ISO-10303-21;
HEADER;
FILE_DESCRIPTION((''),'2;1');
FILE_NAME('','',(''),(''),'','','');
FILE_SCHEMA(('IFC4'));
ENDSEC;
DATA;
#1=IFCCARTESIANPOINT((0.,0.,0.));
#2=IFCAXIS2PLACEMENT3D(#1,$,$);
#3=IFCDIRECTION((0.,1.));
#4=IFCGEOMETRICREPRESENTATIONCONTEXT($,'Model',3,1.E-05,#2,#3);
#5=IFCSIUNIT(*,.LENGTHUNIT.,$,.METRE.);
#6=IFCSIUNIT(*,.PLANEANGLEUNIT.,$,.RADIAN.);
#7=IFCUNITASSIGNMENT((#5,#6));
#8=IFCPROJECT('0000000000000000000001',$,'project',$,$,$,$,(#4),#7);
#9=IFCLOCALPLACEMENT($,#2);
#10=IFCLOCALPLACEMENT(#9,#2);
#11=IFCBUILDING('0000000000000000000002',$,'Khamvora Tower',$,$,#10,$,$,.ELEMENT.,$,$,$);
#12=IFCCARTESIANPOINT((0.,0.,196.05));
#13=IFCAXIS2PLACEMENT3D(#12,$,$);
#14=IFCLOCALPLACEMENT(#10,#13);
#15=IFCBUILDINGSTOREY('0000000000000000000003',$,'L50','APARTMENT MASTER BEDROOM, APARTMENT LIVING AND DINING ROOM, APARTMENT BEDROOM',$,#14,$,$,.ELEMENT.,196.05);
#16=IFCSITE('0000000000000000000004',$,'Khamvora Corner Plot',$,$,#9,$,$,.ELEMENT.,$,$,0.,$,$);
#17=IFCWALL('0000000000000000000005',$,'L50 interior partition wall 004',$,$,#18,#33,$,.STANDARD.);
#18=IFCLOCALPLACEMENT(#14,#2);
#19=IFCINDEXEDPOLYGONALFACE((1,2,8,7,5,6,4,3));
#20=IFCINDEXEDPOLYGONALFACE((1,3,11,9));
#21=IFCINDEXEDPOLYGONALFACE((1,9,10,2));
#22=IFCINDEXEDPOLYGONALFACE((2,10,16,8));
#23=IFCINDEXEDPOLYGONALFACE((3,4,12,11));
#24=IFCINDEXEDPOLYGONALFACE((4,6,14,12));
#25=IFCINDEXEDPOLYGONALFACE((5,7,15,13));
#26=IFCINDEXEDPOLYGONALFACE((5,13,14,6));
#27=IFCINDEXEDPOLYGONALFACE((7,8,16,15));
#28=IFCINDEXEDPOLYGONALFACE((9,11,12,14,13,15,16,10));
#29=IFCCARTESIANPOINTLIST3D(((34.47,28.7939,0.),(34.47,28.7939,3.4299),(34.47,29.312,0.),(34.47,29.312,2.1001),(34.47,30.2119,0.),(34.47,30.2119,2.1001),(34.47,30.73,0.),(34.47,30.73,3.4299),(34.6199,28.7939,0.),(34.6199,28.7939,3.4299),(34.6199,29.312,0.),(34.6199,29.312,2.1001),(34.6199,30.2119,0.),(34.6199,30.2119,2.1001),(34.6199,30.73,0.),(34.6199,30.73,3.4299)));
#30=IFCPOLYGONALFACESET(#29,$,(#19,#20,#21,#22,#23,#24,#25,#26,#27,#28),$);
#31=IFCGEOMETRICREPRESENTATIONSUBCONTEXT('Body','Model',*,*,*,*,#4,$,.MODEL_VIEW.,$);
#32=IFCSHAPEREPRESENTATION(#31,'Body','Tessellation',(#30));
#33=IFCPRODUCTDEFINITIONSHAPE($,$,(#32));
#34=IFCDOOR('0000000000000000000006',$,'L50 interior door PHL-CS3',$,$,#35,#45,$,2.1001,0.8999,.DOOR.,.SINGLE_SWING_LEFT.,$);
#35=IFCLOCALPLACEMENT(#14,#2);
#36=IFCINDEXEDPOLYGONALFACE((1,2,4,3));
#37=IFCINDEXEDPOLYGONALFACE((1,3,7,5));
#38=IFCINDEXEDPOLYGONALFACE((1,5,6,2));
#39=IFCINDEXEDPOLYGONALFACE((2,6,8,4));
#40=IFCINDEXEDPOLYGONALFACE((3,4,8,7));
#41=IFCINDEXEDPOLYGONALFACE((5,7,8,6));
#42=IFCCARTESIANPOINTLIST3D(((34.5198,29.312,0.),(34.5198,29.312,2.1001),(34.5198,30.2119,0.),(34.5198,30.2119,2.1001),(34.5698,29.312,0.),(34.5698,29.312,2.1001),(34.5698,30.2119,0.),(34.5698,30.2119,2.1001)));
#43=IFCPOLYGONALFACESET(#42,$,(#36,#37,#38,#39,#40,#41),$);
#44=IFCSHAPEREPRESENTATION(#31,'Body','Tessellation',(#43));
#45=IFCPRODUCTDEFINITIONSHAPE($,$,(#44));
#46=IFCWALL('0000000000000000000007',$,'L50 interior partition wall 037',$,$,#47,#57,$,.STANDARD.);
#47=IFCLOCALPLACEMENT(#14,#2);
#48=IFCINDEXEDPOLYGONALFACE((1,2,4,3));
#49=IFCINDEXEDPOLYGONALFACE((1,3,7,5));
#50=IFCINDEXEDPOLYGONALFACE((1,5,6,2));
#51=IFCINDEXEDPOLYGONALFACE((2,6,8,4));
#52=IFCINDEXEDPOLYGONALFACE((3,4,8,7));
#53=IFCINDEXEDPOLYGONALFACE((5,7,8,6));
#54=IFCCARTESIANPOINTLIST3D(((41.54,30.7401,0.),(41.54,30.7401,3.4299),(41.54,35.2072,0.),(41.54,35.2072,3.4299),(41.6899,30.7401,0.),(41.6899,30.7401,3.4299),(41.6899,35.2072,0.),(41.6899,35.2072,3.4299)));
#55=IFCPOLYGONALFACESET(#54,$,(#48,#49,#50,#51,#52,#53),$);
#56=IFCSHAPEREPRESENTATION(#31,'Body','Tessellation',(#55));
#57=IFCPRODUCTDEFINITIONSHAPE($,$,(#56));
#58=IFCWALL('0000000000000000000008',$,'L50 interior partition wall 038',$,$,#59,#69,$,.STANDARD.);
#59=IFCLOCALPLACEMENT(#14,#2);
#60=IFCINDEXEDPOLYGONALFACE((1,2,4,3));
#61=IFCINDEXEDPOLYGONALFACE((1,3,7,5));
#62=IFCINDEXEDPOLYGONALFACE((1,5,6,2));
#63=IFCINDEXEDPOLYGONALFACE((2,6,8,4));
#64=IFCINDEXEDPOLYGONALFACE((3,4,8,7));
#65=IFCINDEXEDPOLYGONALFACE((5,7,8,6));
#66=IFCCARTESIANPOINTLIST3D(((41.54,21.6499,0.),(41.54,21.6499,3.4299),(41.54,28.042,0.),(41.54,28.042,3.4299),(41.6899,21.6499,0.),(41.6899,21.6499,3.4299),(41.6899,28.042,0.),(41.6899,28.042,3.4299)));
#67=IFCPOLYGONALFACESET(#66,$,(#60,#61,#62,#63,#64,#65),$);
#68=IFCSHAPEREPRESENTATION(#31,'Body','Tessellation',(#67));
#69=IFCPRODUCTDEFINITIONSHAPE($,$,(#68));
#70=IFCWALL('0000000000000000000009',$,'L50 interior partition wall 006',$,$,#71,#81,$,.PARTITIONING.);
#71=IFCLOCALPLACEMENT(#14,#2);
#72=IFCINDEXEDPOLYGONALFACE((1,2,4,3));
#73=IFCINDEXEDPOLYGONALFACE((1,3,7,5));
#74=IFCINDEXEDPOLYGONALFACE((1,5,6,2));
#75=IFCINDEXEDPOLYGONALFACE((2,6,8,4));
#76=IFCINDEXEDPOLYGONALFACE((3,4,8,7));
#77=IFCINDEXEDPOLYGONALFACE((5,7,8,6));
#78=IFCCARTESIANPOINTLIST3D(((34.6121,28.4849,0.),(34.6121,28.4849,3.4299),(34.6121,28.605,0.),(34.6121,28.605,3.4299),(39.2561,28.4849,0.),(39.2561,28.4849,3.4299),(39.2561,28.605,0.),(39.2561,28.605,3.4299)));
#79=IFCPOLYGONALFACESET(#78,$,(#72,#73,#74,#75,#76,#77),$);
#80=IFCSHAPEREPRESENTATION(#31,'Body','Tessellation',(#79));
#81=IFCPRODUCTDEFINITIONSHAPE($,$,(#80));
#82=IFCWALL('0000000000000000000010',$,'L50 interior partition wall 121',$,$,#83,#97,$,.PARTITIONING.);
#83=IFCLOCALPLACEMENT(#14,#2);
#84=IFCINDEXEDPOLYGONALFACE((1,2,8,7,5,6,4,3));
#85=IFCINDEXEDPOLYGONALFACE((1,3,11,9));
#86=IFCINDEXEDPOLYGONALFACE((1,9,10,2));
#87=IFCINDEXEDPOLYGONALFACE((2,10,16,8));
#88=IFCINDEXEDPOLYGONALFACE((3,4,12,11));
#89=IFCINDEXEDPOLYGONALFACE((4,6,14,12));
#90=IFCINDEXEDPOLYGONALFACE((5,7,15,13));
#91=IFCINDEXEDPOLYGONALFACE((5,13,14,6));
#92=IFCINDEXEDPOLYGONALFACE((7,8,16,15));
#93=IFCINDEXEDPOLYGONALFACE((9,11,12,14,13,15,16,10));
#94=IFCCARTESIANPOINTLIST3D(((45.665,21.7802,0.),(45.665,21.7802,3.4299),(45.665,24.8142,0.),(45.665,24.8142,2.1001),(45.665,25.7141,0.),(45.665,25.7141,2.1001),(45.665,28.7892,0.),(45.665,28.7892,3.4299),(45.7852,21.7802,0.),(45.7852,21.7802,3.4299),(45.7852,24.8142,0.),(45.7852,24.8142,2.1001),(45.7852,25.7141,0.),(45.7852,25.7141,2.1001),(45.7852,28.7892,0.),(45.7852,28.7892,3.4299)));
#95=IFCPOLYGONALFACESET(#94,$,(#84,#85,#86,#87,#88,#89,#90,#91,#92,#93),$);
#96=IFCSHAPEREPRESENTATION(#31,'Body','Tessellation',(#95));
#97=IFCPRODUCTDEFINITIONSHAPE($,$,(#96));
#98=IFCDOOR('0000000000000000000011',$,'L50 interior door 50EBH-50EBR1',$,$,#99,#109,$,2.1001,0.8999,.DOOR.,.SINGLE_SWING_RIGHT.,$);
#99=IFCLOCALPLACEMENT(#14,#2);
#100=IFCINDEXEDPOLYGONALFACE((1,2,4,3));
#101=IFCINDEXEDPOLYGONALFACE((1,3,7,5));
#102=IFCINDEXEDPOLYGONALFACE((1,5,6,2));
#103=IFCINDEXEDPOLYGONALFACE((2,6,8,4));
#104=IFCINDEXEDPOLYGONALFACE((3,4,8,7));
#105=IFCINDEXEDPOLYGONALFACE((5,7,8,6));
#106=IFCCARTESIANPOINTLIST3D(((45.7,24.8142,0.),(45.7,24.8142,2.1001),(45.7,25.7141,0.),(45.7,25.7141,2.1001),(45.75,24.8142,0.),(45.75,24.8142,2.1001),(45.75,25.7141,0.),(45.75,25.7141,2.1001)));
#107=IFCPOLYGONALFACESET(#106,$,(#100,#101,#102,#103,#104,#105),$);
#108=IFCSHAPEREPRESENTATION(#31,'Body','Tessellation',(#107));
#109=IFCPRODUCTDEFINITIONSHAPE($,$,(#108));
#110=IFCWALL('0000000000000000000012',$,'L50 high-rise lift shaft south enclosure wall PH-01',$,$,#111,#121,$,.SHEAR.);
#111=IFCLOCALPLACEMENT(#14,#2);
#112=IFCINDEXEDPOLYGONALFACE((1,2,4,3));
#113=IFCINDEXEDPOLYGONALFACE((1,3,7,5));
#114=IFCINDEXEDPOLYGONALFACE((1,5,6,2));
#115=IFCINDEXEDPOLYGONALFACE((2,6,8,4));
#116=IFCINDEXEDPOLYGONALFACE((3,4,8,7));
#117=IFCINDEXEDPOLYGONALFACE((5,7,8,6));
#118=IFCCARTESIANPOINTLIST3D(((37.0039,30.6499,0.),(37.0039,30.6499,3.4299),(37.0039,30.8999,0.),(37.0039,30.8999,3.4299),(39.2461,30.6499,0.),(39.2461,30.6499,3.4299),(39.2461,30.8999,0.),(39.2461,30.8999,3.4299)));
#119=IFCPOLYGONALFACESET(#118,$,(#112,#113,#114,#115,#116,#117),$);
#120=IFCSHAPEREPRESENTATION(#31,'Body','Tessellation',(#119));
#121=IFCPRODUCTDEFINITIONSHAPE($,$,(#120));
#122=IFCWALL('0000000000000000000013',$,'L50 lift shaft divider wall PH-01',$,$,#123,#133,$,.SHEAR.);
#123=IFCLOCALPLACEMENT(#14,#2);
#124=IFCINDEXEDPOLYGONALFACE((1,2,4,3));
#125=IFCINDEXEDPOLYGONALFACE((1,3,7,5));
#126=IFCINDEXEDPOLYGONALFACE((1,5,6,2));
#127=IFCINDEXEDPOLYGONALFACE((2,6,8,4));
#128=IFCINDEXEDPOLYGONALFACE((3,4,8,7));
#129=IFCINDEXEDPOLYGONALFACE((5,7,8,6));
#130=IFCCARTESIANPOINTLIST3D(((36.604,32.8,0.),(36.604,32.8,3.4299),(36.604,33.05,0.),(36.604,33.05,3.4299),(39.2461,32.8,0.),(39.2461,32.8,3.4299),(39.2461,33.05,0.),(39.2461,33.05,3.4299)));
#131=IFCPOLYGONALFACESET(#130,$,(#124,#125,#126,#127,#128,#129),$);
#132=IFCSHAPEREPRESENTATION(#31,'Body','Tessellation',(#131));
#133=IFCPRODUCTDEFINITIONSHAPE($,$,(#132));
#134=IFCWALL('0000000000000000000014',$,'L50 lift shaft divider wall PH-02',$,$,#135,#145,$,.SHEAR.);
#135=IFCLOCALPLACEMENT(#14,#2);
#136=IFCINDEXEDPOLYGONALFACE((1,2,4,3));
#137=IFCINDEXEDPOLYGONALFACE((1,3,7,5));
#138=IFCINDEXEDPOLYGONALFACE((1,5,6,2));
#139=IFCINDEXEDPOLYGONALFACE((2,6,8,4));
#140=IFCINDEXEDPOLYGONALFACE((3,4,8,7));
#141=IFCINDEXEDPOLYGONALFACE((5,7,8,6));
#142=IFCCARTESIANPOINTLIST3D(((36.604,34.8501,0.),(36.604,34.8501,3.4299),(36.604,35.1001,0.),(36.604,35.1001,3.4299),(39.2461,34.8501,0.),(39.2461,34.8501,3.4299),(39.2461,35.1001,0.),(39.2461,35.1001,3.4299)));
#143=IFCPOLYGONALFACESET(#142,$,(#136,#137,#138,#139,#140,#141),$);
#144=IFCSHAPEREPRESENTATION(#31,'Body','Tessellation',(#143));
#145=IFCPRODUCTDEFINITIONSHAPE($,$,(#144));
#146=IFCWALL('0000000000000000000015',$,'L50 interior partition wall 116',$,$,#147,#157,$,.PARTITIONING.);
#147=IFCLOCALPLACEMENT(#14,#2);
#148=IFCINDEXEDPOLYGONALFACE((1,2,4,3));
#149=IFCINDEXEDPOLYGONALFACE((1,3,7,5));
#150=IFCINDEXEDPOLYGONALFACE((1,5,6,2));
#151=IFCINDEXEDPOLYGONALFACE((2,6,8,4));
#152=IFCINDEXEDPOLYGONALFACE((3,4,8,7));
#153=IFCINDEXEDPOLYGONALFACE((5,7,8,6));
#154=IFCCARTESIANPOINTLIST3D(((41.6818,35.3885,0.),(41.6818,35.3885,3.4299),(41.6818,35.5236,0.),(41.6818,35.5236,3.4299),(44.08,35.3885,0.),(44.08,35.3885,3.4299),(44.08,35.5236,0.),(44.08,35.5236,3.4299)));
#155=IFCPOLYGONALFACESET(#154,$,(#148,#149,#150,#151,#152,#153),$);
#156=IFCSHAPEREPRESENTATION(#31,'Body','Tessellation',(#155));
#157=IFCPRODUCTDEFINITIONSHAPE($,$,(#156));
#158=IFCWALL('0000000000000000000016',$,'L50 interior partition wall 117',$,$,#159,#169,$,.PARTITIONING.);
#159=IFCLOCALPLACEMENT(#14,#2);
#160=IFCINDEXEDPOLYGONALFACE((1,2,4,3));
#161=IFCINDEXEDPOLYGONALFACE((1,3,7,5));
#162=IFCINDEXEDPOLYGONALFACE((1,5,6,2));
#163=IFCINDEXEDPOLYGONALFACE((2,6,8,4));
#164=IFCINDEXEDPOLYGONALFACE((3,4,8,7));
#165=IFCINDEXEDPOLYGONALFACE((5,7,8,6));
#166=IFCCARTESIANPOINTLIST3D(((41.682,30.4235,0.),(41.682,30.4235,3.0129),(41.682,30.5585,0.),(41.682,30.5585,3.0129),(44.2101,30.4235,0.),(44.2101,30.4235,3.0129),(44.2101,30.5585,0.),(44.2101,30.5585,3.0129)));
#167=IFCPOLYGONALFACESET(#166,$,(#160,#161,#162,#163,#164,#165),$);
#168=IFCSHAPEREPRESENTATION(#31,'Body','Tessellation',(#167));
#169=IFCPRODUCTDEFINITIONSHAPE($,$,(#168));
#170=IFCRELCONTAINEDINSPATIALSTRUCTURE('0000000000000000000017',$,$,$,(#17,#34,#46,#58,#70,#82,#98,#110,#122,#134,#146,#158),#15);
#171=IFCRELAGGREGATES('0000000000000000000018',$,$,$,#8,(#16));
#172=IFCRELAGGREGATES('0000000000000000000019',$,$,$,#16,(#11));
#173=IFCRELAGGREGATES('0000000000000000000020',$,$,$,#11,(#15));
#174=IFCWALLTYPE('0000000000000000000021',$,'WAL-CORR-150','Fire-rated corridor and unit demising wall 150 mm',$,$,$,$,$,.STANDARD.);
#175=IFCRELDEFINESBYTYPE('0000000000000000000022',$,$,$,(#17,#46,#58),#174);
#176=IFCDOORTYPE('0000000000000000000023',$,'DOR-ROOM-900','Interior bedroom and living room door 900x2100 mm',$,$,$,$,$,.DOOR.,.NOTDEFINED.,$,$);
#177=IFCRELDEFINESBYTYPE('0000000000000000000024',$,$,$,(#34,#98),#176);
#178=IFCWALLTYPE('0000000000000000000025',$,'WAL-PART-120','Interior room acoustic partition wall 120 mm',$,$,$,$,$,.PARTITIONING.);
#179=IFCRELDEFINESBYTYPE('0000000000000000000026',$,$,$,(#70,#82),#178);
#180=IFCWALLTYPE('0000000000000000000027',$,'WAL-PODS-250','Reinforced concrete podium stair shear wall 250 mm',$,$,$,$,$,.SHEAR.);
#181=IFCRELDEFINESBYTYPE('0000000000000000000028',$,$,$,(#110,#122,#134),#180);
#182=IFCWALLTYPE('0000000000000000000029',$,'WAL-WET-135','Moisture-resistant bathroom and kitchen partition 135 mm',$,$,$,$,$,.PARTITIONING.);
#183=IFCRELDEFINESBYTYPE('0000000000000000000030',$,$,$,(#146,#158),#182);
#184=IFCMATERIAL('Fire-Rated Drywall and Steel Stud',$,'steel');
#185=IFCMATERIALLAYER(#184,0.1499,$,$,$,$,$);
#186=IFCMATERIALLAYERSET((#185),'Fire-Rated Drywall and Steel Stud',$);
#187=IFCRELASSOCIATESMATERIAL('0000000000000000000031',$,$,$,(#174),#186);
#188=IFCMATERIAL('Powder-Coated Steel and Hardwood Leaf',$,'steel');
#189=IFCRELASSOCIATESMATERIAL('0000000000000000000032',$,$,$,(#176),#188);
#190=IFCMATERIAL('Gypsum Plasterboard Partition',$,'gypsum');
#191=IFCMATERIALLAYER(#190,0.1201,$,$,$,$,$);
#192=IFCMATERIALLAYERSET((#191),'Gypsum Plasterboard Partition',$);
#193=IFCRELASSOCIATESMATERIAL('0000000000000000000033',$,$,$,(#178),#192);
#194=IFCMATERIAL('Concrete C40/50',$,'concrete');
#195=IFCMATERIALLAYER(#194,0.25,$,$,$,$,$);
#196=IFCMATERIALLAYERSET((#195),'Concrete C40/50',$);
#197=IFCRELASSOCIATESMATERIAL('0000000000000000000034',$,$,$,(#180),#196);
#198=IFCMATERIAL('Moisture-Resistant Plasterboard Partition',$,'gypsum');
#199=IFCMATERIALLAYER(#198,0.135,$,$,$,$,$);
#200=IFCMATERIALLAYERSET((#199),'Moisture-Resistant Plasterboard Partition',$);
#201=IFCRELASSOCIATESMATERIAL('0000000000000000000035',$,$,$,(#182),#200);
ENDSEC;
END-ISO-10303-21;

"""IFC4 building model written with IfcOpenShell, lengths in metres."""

from ifc_helpers import new_model, si_unit, direction, frame, frame_2d, origin, place, context, subcontext, project, spatial, rectangle, extrude, material, layer, layer_set, type_object, element, fill, save


model = new_model("IFC4")

# Units and contexts
model_context = context("Model", 3, precision=1e-05, world=origin(), true_north=direction((0.0, 1.0)))
body_context = subcontext(model_context, "Body", "Model", "MODEL_VIEW")
ifc_project = project(units=[si_unit("LENGTHUNIT", "METRE"), si_unit("PLANEANGLEUNIT", "RADIAN")], contexts=[model_context])

# Site, building, storey
site_placement = place(None, origin())
site = spatial("IfcSite", under=ifc_project, at=site_placement, Name="Khamvora Corner Plot", CompositionType="ELEMENT", RefElevation=0.0)
building_placement = place(site_placement, origin())
building = spatial("IfcBuilding", under=site, at=building_placement, Name="Khamvora Tower", CompositionType="ELEMENT")
storey_placement = place(building_placement, frame((0.0, 0.0, 196.05)))
storey = spatial("IfcBuildingStorey", under=building, at=storey_placement, Name="L50", Description="APARTMENT MASTER BEDROOM, APARTMENT LIVING AND DINING ROOM, APARTMENT BEDROOM", CompositionType="ELEMENT", Elevation=196.05)

# Shared definitions
ifc_material_1 = material(Name="Powder-Coated Steel and Hardwood Leaf", Category="steel")

# Shared definitions
ifc_material_2 = material(Name="Fire-Rated Drywall and Steel Stud", Category="steel")
ifc_layer_1 = layer(ifc_material_2, 0.1499)
ifc_layer_set_1 = layer_set([ifc_layer_1], Name="Fire-Rated Drywall and Steel Stud")
wall_type_1 = type_object("IfcWallType", Name="WAL-CORR-150", Description="Fire-rated corridor and unit demising wall 150 mm", PredefinedType="STANDARD", material=ifc_layer_set_1)
door_type_1 = type_object("IfcDoorType", Name="DOR-ROOM-900", Description="Interior bedroom and living room door 900x2100 mm", OperationType="NOTDEFINED", PredefinedType="DOOR", material=ifc_material_1)

# Wall, opening, door
wall_1_placement = place(storey_placement, frame((34.5449, 30.73, 0.0), z_axis=(0.0, 0.0, 1.0), x_axis=(0.0, -1.0, 0.0)))
wall_1 = element("IfcWall", 1, at=wall_1_placement, inside=storey, type_object=wall_type_1, Name="L50 interior partition wall 004", PredefinedType="STANDARD", context=body_context, shape_type="SweptSolid", body=[
    extrude(rectangle(XDim=1.936, YDim=0.1499, at=frame_2d((0.968, 0.0))), origin(), (0.0, 0.0, 1.0), 3.4299),
])
opening_1_placement = place(wall_1_placement, frame((0.5181, 0.0, 0.0)))
opening_1 = element("IfcOpeningElement", 2, at=opening_1_placement, cuts=wall_1, PredefinedType="OPENING", context=body_context, shape_type="SweptSolid", body=[
    extrude(rectangle(XDim=0.8999, YDim=2.1001, at=frame_2d((0.45, 1.05))), frame((0.0, 0.085, 0.0), z_axis=(0.0, -1.0, 0.0), x_axis=(1.0, 0.0, 0.0)), (0.0, 0.0, 1.0), 0.1699),
])
door_1_placement = place(opening_1_placement, origin())
door_1 = element("IfcDoor", 3, at=door_1_placement, inside=storey, type_object=door_type_1, Name="L50 interior door PHL-CS3", OperationType="SINGLE_SWING_LEFT", OverallHeight=2.1001, OverallWidth=0.8999, PredefinedType="DOOR", context=body_context, shape_type="SweptSolid", body=[
    extrude(rectangle(XDim=0.8999, YDim=2.1001, at=frame_2d((0.45, 1.05))), frame((0.0, 0.0249, 0.0), z_axis=(0.0, -1.0, 0.0), x_axis=(1.0, 0.0, 0.0)), (0.0, 0.0, 1.0), 0.05),
])
fill(opening_1, door_1)

# Walls
wall_2_placement = place(storey_placement, frame((41.615, 35.207, 0.0), z_axis=(0.0, 0.0, 1.0), x_axis=(0.0, -1.0, 0.0)))
element("IfcWall", 4, at=wall_2_placement, inside=storey, type_object=wall_type_1, Name="L50 interior partition wall 037", PredefinedType="STANDARD", context=body_context, shape_type="SweptSolid", body=[
    extrude(rectangle(XDim=4.467, YDim=0.1499, at=frame_2d((2.2334, 0.0))), origin(), (0.0, 0.0, 1.0), 3.4299),
])
wall_3_placement = place(storey_placement, frame((41.615, 28.042, 0.0), z_axis=(0.0, 0.0, 1.0), x_axis=(0.0, -1.0, 0.0)))
element("IfcWall", 5, at=wall_3_placement, inside=storey, type_object=wall_type_1, Name="L50 interior partition wall 038", PredefinedType="STANDARD", context=body_context, shape_type="SweptSolid", body=[
    extrude(rectangle(XDim=6.3921, YDim=0.1499, at=frame_2d((3.196, 0.0))), origin(), (0.0, 0.0, 1.0), 3.4299),
])
ifc_material_3 = material(Name="Gypsum Plasterboard Partition", Category="gypsum")
ifc_layer_2 = layer(ifc_material_3, 0.1201)
ifc_layer_set_2 = layer_set([ifc_layer_2], Name="Gypsum Plasterboard Partition")
wall_type_2 = type_object("IfcWallType", Name="WAL-PART-120", Description="Interior room acoustic partition wall 120 mm", PredefinedType="PARTITIONING", material=ifc_layer_set_2)
wall_4_placement = place(storey_placement, frame((34.6121, 28.5449, 0.0), z_axis=(0.0, 0.0, 1.0), x_axis=(1.0, 0.0, 0.0)))
element("IfcWall", 6, at=wall_4_placement, inside=storey, type_object=wall_type_2, Name="L50 interior partition wall 006", PredefinedType="PARTITIONING", context=body_context, shape_type="SweptSolid", body=[
    extrude(rectangle(XDim=4.644, YDim=0.1201, at=frame_2d((2.322, 0.0))), origin(), (0.0, 0.0, 1.0), 3.4299),
])

# Wall, opening, door
wall_5_placement = place(storey_placement, frame((45.7251, 28.7891, 0.0), z_axis=(0.0, 0.0, 1.0), x_axis=(0.0, -1.0, 0.0)))
wall_5 = element("IfcWall", 7, at=wall_5_placement, inside=storey, type_object=wall_type_2, Name="L50 interior partition wall 121", PredefinedType="PARTITIONING", context=body_context, shape_type="SweptSolid", body=[
    extrude(rectangle(XDim=7.009, YDim=0.1201, at=frame_2d((3.5044, 0.0))), origin(), (0.0, 0.0, 1.0), 3.4299),
])
opening_2_placement = place(wall_5_placement, frame((3.075, 0.0, 0.0)))
opening_2 = element("IfcOpeningElement", 8, at=opening_2_placement, cuts=wall_5, PredefinedType="OPENING", context=body_context, shape_type="SweptSolid", body=[
    extrude(rectangle(XDim=0.8999, YDim=2.1001, at=frame_2d((0.45, 1.05))), frame((0.0, 0.0701, 0.0), z_axis=(0.0, -1.0, 0.0), x_axis=(1.0, 0.0, 0.0)), (0.0, 0.0, 1.0), 0.1401),
])
door_2_placement = place(opening_2_placement, origin())
door_2 = element("IfcDoor", 9, at=door_2_placement, inside=storey, type_object=door_type_1, Name="L50 interior door 50EBH-50EBR1", OperationType="SINGLE_SWING_RIGHT", OverallHeight=2.1001, OverallWidth=0.8999, PredefinedType="DOOR", context=body_context, shape_type="SweptSolid", body=[
    extrude(rectangle(XDim=0.8999, YDim=2.1001, at=frame_2d((0.45, 1.05))), frame((0.0, 0.0249, 0.0), z_axis=(0.0, -1.0, 0.0), x_axis=(1.0, 0.0, 0.0)), (0.0, 0.0, 1.0), 0.05),
])
fill(opening_2, door_2)

# Walls
ifc_material_4 = material(Name="Concrete C40/50", Category="concrete")
ifc_layer_3 = layer(ifc_material_4, 0.25)
ifc_layer_set_3 = layer_set([ifc_layer_3], Name="Concrete C40/50")
wall_type_3 = type_object("IfcWallType", Name="WAL-PODS-250", Description="Reinforced concrete podium stair shear wall 250 mm", PredefinedType="SHEAR", material=ifc_layer_set_3)
wall_6_placement = place(storey_placement, frame((37.0039, 30.7749, 0.0), z_axis=(0.0, 0.0, 1.0), x_axis=(1.0, 0.0, 0.0)))
element("IfcWall", 10, at=wall_6_placement, inside=storey, type_object=wall_type_3, Name="L50 high-rise lift shaft south enclosure wall PH-01", PredefinedType="SHEAR", context=body_context, shape_type="SweptSolid", body=[
    extrude(rectangle(XDim=2.2422, YDim=0.25, at=frame_2d((1.1211, 0.0))), origin(), (0.0, 0.0, 1.0), 3.4299),
])
for number, where, z_axis, x_axis, name in (
    (11, (36.604, 32.925, 0.0), (0.0, 0.0, 1.0), (1.0, 0.0, 0.0), "L50 lift shaft divider wall PH-01"),
    (12, (36.604, 34.9751, 0.0), (0.0, 0.0, 1.0), (1.0, 0.0, 0.0), "L50 lift shaft divider wall PH-02"),
):
    element("IfcWall", number, at=place(storey_placement, frame(where, z_axis=z_axis, x_axis=x_axis)), inside=storey, type_object=wall_type_3, Name=name, PredefinedType="SHEAR", context=body_context, shape_type="SweptSolid", body=[
        extrude(rectangle(XDim=2.6421, YDim=0.25, at=frame_2d((1.321, 0.0))), origin(), (0.0, 0.0, 1.0), 3.4299),
    ])
ifc_material_5 = material(Name="Moisture-Resistant Plasterboard Partition", Category="gypsum")
ifc_layer_4 = layer(ifc_material_5, 0.135)
ifc_layer_set_4 = layer_set([ifc_layer_4], Name="Moisture-Resistant Plasterboard Partition")
wall_type_4 = type_object("IfcWallType", Name="WAL-WET-135", Description="Moisture-resistant bathroom and kitchen partition 135 mm", PredefinedType="PARTITIONING", material=ifc_layer_set_4)
wall_7_placement = place(storey_placement, frame((44.0801, 35.4561, 0.0), z_axis=(0.0, 0.0, 1.0), x_axis=(-1.0, 0.0, 0.0)))
element("IfcWall", 13, at=wall_7_placement, inside=storey, type_object=wall_type_4, Name="L50 interior partition wall 116", PredefinedType="PARTITIONING", context=body_context, shape_type="SweptSolid", body=[
    extrude(rectangle(XDim=2.3982, YDim=0.135, at=frame_2d((1.1992, 0.0))), origin(), (0.0, 0.0, 1.0), 3.4299),
])
wall_8_placement = place(storey_placement, frame((41.6819, 30.491, 0.0), z_axis=(0.0, 0.0, 1.0), x_axis=(1.0, 0.0, 0.0)))
element("IfcWall", 14, at=wall_8_placement, inside=storey, type_object=wall_type_4, Name="L50 interior partition wall 117", PredefinedType="PARTITIONING", context=body_context, shape_type="SweptSolid", body=[
    extrude(rectangle(XDim=2.5281, YDim=0.135, at=frame_2d((1.2642, 0.0))), origin(), (0.0, 0.0, 1.0), 3.0129),
])

save(model, "model.ifc")
